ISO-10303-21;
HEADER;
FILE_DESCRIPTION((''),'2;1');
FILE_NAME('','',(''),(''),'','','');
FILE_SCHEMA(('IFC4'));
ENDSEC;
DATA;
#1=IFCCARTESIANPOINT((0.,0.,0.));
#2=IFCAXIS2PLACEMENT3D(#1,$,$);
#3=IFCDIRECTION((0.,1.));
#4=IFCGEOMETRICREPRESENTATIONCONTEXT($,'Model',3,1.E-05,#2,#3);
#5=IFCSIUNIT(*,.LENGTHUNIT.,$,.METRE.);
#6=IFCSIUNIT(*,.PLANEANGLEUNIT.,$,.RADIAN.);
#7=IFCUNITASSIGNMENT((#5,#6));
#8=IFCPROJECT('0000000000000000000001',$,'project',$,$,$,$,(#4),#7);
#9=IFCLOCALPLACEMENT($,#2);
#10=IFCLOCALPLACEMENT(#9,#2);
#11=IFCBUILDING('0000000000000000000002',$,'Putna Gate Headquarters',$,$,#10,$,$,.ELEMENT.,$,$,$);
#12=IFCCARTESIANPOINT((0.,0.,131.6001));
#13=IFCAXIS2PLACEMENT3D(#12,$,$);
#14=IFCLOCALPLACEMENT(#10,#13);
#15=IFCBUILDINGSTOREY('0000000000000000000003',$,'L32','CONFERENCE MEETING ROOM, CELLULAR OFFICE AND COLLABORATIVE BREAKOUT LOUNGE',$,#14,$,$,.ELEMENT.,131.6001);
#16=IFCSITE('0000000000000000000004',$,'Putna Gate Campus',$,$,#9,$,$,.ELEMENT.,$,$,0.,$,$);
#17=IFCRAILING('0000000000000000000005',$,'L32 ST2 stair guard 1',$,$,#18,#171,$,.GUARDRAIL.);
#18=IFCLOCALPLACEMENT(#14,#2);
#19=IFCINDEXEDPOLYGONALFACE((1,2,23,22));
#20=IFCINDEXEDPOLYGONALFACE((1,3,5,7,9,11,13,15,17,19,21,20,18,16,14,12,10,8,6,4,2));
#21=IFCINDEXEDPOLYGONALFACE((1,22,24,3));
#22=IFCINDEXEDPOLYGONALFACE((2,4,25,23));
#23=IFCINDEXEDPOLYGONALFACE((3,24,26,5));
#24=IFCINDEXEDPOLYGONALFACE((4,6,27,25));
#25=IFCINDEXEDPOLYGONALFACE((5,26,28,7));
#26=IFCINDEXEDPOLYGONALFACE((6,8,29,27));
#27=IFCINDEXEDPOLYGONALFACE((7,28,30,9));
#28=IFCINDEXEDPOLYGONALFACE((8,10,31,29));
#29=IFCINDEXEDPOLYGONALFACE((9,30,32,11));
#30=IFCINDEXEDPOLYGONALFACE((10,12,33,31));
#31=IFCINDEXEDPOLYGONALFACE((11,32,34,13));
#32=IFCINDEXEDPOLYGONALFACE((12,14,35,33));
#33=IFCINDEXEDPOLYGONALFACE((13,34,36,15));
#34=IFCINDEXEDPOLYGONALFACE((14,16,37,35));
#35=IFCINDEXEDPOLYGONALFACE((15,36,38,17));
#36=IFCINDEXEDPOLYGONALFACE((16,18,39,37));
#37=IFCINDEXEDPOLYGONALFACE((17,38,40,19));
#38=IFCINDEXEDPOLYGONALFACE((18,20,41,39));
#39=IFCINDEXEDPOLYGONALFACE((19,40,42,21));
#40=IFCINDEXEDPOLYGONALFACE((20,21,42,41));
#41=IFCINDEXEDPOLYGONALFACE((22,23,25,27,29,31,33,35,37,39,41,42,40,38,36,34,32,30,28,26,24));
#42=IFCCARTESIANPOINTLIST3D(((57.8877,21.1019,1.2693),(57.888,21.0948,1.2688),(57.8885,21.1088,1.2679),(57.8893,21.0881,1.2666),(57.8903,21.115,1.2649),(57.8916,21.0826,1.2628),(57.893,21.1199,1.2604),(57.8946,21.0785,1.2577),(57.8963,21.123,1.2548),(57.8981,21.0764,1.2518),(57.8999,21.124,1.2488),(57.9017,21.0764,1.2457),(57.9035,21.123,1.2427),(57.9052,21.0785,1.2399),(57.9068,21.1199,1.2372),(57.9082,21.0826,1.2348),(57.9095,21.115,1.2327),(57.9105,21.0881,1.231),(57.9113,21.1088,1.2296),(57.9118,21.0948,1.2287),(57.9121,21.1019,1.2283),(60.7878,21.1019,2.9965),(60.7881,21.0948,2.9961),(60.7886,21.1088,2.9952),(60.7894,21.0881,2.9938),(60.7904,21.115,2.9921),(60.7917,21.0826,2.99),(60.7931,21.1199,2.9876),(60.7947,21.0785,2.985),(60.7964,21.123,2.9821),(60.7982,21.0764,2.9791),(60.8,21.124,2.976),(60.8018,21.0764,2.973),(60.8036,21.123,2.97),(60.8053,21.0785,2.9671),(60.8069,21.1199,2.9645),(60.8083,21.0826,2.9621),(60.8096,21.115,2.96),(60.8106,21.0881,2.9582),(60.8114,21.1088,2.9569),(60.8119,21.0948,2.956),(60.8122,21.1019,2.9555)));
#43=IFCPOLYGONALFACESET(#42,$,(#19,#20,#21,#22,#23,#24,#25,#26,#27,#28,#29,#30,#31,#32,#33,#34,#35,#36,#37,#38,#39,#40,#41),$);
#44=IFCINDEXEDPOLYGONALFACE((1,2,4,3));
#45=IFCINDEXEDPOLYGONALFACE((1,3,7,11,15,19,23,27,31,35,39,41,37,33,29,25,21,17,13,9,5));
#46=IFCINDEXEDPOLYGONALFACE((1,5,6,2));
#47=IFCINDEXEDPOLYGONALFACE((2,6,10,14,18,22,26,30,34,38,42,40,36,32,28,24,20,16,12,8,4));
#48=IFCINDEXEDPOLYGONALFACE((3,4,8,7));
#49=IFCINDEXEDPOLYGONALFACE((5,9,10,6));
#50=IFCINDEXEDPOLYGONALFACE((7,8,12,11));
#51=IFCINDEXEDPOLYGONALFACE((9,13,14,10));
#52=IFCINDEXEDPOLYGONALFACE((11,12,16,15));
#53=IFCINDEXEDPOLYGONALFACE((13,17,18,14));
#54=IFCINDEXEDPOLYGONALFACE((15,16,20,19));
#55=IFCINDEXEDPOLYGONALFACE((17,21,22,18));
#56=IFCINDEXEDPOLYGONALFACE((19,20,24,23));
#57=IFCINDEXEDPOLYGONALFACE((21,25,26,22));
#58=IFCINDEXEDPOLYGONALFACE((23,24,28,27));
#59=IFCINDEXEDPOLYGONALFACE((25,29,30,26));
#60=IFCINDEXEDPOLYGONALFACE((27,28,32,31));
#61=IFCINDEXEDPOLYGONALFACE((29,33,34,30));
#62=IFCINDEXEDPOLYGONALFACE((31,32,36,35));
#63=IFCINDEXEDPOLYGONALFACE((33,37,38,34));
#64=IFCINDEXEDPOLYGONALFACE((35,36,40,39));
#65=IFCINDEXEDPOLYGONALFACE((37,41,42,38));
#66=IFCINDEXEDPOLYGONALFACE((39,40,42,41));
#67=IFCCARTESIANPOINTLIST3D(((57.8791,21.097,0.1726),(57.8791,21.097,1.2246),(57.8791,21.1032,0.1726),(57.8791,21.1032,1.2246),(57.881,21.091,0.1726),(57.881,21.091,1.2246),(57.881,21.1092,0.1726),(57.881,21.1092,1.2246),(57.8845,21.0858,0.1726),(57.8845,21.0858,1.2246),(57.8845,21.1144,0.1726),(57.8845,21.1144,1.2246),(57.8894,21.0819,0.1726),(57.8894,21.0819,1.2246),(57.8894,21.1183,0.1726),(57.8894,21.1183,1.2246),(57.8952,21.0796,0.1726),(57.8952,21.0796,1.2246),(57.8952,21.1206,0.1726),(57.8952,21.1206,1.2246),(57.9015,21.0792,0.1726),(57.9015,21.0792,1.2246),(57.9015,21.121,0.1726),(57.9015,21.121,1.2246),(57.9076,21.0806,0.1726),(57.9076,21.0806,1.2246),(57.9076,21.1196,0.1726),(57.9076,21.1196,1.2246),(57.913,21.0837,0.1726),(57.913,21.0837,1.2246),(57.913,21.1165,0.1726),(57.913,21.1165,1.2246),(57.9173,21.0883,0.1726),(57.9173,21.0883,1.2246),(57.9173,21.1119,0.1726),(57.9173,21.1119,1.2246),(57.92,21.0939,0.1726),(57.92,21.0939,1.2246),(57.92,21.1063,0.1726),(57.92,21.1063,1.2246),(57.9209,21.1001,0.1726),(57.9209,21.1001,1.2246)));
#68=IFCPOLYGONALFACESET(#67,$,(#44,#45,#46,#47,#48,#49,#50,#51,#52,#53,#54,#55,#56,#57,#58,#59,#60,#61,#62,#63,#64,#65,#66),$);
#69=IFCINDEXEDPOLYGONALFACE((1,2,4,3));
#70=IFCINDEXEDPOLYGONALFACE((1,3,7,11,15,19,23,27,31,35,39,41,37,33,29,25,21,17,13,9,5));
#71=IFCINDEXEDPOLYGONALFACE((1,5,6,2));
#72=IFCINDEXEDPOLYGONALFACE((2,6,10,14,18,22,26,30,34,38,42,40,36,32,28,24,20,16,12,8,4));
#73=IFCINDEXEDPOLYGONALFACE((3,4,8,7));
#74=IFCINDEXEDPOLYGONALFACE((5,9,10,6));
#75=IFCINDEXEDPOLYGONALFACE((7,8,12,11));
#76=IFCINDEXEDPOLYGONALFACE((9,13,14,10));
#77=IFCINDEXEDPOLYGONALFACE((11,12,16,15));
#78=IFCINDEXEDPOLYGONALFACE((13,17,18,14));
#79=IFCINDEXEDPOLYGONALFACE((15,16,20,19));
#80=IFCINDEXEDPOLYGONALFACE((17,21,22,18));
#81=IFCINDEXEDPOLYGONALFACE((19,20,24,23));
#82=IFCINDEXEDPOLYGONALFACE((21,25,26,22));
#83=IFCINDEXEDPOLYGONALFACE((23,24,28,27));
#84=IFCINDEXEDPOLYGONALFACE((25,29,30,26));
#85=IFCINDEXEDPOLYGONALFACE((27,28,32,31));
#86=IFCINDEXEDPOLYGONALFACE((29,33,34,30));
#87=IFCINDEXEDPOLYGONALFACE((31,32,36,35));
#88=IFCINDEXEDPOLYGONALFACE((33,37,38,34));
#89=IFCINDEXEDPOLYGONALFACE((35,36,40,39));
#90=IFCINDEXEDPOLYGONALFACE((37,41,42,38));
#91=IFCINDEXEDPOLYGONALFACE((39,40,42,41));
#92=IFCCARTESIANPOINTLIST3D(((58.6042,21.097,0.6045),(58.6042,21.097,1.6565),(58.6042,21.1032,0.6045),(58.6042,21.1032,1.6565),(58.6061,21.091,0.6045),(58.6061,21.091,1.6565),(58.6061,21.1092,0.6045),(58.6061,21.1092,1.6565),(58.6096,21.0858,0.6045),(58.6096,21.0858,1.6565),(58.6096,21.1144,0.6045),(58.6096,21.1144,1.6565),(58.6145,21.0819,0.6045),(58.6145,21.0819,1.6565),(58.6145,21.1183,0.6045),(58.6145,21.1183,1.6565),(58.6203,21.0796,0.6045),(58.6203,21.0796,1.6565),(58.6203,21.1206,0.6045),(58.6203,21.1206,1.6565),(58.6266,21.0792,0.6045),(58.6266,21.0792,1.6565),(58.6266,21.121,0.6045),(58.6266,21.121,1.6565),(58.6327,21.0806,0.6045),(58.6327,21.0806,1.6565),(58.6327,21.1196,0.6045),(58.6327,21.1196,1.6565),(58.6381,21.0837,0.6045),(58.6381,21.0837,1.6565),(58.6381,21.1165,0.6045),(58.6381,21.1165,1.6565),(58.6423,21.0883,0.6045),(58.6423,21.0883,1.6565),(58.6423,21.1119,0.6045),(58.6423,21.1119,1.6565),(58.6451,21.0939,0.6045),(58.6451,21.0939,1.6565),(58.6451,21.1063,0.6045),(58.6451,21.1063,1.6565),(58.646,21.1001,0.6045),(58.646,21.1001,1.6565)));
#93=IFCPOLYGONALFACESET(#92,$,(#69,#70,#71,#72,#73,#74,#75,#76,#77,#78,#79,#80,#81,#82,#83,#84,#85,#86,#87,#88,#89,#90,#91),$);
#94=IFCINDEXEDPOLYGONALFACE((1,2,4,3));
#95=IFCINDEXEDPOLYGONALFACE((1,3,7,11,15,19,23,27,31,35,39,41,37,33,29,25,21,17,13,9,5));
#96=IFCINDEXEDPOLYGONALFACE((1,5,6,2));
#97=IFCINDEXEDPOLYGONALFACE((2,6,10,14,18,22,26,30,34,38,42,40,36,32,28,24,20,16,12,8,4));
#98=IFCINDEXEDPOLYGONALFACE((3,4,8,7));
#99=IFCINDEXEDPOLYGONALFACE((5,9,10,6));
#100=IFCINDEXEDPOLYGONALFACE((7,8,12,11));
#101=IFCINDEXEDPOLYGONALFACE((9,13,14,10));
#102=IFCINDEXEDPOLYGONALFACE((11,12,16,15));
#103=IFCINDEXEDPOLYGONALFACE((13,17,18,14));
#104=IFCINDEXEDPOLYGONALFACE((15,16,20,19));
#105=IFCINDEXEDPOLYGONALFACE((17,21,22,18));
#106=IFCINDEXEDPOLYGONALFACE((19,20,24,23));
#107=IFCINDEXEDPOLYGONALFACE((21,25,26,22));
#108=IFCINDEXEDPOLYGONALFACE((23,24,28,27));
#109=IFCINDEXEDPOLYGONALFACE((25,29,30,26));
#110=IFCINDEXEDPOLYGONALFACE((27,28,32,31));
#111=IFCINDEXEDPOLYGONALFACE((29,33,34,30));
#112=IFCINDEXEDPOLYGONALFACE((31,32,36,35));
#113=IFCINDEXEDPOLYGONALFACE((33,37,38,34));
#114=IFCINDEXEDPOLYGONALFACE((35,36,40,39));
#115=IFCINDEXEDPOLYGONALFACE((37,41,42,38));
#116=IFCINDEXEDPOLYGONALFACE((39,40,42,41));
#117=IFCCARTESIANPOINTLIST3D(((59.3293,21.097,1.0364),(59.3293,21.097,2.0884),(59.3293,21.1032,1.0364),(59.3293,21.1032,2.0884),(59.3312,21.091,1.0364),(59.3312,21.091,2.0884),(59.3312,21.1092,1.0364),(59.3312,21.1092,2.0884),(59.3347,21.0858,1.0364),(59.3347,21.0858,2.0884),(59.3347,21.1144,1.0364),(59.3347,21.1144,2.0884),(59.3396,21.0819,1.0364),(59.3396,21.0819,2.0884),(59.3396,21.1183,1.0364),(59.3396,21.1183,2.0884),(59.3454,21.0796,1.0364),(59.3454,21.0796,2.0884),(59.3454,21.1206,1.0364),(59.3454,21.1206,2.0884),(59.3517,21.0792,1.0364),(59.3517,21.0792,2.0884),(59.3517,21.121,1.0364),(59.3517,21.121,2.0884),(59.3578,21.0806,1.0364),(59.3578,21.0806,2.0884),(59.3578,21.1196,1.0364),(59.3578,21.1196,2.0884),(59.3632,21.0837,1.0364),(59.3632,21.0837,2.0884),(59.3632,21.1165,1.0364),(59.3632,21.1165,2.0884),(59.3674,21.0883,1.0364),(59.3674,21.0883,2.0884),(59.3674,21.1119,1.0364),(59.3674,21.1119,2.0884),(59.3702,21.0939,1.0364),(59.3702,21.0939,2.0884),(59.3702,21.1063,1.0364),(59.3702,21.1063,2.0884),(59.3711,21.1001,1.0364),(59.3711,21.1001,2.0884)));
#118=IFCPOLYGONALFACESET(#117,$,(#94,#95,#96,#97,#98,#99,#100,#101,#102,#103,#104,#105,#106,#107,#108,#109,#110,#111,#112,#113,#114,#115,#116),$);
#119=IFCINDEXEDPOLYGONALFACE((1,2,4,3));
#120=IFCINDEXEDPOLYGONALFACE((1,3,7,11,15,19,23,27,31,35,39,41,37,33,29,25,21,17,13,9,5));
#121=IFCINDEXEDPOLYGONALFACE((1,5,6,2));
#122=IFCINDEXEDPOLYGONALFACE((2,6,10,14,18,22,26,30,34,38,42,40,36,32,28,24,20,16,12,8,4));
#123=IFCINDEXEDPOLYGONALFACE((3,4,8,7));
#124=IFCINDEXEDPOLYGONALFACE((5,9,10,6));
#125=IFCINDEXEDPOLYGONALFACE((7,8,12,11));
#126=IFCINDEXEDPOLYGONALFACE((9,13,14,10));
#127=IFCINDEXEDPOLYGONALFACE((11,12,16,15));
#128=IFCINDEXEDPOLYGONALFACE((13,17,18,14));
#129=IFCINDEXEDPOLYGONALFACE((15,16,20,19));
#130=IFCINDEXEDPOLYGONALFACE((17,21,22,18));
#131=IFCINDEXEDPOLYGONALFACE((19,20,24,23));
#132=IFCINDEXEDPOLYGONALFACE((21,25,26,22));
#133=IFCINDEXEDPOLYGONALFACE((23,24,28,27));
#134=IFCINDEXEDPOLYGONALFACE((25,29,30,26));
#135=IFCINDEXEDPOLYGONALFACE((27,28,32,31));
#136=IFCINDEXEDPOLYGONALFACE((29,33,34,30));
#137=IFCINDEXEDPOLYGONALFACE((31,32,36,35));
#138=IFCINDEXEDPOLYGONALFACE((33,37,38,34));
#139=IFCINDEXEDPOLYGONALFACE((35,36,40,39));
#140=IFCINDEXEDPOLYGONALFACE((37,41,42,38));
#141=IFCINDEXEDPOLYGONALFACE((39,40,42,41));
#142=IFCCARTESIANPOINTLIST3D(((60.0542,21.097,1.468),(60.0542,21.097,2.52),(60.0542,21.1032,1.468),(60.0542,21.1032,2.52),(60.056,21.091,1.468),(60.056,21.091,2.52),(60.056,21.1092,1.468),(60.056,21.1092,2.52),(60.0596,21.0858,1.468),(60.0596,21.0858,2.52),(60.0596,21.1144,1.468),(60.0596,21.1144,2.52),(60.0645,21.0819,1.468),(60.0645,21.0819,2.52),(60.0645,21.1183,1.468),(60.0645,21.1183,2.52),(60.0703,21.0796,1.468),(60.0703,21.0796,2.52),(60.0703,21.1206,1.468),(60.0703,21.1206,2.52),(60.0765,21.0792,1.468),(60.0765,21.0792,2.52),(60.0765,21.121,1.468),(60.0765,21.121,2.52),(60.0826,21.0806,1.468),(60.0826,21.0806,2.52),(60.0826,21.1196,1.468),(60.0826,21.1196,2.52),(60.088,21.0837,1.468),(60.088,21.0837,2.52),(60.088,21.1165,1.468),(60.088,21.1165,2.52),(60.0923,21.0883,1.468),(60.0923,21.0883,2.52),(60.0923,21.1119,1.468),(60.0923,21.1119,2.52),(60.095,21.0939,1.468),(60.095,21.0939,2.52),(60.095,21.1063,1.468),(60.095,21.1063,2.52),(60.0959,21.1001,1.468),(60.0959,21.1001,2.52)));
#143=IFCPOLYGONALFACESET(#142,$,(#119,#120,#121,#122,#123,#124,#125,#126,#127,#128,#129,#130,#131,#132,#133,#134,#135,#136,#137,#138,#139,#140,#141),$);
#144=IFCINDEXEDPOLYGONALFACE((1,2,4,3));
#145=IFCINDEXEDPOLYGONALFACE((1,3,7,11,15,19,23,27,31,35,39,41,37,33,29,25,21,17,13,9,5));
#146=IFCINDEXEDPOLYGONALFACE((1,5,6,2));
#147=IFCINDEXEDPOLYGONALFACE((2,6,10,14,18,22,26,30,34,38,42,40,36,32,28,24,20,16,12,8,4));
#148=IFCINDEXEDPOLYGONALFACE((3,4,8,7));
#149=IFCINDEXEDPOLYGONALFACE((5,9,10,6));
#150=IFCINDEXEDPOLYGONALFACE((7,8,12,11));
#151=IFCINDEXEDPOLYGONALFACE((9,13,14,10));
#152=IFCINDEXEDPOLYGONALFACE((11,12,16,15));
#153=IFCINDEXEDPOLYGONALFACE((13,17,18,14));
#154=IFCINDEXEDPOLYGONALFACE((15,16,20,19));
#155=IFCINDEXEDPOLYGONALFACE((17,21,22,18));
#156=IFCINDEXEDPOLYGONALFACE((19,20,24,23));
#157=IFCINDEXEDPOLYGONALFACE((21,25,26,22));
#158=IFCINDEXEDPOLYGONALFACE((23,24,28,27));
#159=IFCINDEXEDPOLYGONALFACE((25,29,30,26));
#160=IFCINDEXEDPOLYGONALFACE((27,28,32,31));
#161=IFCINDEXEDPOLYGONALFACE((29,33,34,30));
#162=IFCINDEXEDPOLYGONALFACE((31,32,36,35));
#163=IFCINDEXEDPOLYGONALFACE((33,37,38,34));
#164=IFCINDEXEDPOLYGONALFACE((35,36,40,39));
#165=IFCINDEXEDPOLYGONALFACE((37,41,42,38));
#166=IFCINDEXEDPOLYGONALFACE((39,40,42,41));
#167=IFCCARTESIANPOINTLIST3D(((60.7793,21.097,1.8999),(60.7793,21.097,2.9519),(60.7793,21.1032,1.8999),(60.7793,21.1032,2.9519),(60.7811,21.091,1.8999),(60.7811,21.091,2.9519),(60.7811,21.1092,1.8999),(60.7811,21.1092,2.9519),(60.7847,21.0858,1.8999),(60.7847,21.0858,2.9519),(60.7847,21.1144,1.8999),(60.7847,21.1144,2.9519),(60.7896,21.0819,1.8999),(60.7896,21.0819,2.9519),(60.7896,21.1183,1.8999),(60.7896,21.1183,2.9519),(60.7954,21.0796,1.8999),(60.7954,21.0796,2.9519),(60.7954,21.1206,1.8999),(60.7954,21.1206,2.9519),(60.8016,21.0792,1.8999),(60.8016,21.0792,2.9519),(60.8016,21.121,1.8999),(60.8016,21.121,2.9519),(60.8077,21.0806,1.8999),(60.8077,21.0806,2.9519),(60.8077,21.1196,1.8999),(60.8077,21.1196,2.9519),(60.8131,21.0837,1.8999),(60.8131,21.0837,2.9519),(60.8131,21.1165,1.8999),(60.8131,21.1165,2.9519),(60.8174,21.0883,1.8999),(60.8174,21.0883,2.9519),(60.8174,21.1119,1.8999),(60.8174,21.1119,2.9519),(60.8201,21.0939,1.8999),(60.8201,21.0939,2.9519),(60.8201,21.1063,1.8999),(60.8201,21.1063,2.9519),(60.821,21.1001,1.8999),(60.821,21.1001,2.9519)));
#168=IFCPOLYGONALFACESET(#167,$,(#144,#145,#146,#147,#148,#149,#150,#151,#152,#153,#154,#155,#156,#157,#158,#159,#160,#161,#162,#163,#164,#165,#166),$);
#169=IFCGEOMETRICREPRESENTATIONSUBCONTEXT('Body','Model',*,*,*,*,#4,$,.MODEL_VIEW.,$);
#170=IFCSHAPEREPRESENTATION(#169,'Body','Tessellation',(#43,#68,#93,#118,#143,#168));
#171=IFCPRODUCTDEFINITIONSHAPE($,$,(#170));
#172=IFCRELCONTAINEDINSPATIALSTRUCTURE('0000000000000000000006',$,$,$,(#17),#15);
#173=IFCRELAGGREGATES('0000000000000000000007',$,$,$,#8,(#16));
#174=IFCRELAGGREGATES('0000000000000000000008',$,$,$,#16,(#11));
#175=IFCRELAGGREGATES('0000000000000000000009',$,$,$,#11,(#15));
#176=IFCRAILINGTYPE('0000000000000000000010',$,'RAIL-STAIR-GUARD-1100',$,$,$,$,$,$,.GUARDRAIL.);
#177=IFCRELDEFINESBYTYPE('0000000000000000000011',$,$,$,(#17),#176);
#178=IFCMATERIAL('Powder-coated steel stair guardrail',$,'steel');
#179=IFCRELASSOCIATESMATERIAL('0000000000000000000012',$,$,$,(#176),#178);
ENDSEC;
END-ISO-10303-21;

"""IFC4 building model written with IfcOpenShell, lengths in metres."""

from ifc_helpers import new_model, si_unit, direction, frame, origin, origin_2d, place, context, subcontext, project, spatial, circle, extrude, material, type_object, element, save


model = new_model("IFC4")

# Units and contexts
model_context = context("Model", 3, precision=1e-05, world=origin(), true_north=direction((0.0, 1.0)))
body_context = subcontext(model_context, "Body", "Model", "MODEL_VIEW")
ifc_project = project(units=[si_unit("LENGTHUNIT", "METRE"), si_unit("PLANEANGLEUNIT", "RADIAN")], contexts=[model_context])

# Site, building, storey
site_placement = place(None, origin())
site = spatial("IfcSite", under=ifc_project, at=site_placement, Name="Putna Gate Campus", CompositionType="ELEMENT", RefElevation=0.0)
building_placement = place(site_placement, origin())
building = spatial("IfcBuilding", under=site, at=building_placement, Name="Putna Gate Headquarters", CompositionType="ELEMENT")
storey_placement = place(building_placement, frame((0.0, 0.0, 131.6001)))
storey = spatial("IfcBuildingStorey", under=building, at=storey_placement, Name="L32", Description="CONFERENCE MEETING ROOM, CELLULAR OFFICE AND COLLABORATIVE BREAKOUT LOUNGE", CompositionType="ELEMENT", Elevation=131.6001)

# Railing
ifc_material_1 = material(Name="Powder-coated steel stair guardrail", Category="steel")
railing_type_1 = type_object("IfcRailingType", Name="RAIL-STAIR-GUARD-1100", PredefinedType="GUARDRAIL", material=ifc_material_1)
railing_1_placement = place(storey_placement, frame((57.8999, 21.1001, 0.1726)))
element("IfcRailing", 1, at=railing_1_placement, inside=storey, type_object=railing_type_1, Name="L32 ST2 stair guard 1", PredefinedType="GUARDRAIL", context=body_context, shape_type="SweptSolid", body=[
    extrude(circle(Radius=0.0239, at=origin_2d()), frame((0.0, 0.0, 1.0762), z_axis=(0.85916, 0.0, 0.511706), x_axis=(0.0, 1.0, 0.0)), (0.0, 0.0, 1.0), 3.3755),
    extrude(circle(Radius=0.021, at=origin_2d()), origin(), (0.0, 0.0, 1.0), 1.052),
    extrude(circle(Radius=0.021, at=origin_2d()), frame((0.7251, 0.0, 0.4319)), (0.0, 0.0, 1.0), 1.052),
    extrude(circle(Radius=0.021, at=origin_2d()), frame((1.4502, 0.0, 0.8638)), (0.0, 0.0, 1.0), 1.052),
    extrude(circle(Radius=0.021, at=origin_2d()), frame((2.175, 0.0, 1.2954)), (0.0, 0.0, 1.0), 1.052),
    extrude(circle(Radius=0.021, at=origin_2d()), frame((2.9001, 0.0, 1.7273)), (0.0, 0.0, 1.0), 1.052),
])

save(model, "model.ifc")
